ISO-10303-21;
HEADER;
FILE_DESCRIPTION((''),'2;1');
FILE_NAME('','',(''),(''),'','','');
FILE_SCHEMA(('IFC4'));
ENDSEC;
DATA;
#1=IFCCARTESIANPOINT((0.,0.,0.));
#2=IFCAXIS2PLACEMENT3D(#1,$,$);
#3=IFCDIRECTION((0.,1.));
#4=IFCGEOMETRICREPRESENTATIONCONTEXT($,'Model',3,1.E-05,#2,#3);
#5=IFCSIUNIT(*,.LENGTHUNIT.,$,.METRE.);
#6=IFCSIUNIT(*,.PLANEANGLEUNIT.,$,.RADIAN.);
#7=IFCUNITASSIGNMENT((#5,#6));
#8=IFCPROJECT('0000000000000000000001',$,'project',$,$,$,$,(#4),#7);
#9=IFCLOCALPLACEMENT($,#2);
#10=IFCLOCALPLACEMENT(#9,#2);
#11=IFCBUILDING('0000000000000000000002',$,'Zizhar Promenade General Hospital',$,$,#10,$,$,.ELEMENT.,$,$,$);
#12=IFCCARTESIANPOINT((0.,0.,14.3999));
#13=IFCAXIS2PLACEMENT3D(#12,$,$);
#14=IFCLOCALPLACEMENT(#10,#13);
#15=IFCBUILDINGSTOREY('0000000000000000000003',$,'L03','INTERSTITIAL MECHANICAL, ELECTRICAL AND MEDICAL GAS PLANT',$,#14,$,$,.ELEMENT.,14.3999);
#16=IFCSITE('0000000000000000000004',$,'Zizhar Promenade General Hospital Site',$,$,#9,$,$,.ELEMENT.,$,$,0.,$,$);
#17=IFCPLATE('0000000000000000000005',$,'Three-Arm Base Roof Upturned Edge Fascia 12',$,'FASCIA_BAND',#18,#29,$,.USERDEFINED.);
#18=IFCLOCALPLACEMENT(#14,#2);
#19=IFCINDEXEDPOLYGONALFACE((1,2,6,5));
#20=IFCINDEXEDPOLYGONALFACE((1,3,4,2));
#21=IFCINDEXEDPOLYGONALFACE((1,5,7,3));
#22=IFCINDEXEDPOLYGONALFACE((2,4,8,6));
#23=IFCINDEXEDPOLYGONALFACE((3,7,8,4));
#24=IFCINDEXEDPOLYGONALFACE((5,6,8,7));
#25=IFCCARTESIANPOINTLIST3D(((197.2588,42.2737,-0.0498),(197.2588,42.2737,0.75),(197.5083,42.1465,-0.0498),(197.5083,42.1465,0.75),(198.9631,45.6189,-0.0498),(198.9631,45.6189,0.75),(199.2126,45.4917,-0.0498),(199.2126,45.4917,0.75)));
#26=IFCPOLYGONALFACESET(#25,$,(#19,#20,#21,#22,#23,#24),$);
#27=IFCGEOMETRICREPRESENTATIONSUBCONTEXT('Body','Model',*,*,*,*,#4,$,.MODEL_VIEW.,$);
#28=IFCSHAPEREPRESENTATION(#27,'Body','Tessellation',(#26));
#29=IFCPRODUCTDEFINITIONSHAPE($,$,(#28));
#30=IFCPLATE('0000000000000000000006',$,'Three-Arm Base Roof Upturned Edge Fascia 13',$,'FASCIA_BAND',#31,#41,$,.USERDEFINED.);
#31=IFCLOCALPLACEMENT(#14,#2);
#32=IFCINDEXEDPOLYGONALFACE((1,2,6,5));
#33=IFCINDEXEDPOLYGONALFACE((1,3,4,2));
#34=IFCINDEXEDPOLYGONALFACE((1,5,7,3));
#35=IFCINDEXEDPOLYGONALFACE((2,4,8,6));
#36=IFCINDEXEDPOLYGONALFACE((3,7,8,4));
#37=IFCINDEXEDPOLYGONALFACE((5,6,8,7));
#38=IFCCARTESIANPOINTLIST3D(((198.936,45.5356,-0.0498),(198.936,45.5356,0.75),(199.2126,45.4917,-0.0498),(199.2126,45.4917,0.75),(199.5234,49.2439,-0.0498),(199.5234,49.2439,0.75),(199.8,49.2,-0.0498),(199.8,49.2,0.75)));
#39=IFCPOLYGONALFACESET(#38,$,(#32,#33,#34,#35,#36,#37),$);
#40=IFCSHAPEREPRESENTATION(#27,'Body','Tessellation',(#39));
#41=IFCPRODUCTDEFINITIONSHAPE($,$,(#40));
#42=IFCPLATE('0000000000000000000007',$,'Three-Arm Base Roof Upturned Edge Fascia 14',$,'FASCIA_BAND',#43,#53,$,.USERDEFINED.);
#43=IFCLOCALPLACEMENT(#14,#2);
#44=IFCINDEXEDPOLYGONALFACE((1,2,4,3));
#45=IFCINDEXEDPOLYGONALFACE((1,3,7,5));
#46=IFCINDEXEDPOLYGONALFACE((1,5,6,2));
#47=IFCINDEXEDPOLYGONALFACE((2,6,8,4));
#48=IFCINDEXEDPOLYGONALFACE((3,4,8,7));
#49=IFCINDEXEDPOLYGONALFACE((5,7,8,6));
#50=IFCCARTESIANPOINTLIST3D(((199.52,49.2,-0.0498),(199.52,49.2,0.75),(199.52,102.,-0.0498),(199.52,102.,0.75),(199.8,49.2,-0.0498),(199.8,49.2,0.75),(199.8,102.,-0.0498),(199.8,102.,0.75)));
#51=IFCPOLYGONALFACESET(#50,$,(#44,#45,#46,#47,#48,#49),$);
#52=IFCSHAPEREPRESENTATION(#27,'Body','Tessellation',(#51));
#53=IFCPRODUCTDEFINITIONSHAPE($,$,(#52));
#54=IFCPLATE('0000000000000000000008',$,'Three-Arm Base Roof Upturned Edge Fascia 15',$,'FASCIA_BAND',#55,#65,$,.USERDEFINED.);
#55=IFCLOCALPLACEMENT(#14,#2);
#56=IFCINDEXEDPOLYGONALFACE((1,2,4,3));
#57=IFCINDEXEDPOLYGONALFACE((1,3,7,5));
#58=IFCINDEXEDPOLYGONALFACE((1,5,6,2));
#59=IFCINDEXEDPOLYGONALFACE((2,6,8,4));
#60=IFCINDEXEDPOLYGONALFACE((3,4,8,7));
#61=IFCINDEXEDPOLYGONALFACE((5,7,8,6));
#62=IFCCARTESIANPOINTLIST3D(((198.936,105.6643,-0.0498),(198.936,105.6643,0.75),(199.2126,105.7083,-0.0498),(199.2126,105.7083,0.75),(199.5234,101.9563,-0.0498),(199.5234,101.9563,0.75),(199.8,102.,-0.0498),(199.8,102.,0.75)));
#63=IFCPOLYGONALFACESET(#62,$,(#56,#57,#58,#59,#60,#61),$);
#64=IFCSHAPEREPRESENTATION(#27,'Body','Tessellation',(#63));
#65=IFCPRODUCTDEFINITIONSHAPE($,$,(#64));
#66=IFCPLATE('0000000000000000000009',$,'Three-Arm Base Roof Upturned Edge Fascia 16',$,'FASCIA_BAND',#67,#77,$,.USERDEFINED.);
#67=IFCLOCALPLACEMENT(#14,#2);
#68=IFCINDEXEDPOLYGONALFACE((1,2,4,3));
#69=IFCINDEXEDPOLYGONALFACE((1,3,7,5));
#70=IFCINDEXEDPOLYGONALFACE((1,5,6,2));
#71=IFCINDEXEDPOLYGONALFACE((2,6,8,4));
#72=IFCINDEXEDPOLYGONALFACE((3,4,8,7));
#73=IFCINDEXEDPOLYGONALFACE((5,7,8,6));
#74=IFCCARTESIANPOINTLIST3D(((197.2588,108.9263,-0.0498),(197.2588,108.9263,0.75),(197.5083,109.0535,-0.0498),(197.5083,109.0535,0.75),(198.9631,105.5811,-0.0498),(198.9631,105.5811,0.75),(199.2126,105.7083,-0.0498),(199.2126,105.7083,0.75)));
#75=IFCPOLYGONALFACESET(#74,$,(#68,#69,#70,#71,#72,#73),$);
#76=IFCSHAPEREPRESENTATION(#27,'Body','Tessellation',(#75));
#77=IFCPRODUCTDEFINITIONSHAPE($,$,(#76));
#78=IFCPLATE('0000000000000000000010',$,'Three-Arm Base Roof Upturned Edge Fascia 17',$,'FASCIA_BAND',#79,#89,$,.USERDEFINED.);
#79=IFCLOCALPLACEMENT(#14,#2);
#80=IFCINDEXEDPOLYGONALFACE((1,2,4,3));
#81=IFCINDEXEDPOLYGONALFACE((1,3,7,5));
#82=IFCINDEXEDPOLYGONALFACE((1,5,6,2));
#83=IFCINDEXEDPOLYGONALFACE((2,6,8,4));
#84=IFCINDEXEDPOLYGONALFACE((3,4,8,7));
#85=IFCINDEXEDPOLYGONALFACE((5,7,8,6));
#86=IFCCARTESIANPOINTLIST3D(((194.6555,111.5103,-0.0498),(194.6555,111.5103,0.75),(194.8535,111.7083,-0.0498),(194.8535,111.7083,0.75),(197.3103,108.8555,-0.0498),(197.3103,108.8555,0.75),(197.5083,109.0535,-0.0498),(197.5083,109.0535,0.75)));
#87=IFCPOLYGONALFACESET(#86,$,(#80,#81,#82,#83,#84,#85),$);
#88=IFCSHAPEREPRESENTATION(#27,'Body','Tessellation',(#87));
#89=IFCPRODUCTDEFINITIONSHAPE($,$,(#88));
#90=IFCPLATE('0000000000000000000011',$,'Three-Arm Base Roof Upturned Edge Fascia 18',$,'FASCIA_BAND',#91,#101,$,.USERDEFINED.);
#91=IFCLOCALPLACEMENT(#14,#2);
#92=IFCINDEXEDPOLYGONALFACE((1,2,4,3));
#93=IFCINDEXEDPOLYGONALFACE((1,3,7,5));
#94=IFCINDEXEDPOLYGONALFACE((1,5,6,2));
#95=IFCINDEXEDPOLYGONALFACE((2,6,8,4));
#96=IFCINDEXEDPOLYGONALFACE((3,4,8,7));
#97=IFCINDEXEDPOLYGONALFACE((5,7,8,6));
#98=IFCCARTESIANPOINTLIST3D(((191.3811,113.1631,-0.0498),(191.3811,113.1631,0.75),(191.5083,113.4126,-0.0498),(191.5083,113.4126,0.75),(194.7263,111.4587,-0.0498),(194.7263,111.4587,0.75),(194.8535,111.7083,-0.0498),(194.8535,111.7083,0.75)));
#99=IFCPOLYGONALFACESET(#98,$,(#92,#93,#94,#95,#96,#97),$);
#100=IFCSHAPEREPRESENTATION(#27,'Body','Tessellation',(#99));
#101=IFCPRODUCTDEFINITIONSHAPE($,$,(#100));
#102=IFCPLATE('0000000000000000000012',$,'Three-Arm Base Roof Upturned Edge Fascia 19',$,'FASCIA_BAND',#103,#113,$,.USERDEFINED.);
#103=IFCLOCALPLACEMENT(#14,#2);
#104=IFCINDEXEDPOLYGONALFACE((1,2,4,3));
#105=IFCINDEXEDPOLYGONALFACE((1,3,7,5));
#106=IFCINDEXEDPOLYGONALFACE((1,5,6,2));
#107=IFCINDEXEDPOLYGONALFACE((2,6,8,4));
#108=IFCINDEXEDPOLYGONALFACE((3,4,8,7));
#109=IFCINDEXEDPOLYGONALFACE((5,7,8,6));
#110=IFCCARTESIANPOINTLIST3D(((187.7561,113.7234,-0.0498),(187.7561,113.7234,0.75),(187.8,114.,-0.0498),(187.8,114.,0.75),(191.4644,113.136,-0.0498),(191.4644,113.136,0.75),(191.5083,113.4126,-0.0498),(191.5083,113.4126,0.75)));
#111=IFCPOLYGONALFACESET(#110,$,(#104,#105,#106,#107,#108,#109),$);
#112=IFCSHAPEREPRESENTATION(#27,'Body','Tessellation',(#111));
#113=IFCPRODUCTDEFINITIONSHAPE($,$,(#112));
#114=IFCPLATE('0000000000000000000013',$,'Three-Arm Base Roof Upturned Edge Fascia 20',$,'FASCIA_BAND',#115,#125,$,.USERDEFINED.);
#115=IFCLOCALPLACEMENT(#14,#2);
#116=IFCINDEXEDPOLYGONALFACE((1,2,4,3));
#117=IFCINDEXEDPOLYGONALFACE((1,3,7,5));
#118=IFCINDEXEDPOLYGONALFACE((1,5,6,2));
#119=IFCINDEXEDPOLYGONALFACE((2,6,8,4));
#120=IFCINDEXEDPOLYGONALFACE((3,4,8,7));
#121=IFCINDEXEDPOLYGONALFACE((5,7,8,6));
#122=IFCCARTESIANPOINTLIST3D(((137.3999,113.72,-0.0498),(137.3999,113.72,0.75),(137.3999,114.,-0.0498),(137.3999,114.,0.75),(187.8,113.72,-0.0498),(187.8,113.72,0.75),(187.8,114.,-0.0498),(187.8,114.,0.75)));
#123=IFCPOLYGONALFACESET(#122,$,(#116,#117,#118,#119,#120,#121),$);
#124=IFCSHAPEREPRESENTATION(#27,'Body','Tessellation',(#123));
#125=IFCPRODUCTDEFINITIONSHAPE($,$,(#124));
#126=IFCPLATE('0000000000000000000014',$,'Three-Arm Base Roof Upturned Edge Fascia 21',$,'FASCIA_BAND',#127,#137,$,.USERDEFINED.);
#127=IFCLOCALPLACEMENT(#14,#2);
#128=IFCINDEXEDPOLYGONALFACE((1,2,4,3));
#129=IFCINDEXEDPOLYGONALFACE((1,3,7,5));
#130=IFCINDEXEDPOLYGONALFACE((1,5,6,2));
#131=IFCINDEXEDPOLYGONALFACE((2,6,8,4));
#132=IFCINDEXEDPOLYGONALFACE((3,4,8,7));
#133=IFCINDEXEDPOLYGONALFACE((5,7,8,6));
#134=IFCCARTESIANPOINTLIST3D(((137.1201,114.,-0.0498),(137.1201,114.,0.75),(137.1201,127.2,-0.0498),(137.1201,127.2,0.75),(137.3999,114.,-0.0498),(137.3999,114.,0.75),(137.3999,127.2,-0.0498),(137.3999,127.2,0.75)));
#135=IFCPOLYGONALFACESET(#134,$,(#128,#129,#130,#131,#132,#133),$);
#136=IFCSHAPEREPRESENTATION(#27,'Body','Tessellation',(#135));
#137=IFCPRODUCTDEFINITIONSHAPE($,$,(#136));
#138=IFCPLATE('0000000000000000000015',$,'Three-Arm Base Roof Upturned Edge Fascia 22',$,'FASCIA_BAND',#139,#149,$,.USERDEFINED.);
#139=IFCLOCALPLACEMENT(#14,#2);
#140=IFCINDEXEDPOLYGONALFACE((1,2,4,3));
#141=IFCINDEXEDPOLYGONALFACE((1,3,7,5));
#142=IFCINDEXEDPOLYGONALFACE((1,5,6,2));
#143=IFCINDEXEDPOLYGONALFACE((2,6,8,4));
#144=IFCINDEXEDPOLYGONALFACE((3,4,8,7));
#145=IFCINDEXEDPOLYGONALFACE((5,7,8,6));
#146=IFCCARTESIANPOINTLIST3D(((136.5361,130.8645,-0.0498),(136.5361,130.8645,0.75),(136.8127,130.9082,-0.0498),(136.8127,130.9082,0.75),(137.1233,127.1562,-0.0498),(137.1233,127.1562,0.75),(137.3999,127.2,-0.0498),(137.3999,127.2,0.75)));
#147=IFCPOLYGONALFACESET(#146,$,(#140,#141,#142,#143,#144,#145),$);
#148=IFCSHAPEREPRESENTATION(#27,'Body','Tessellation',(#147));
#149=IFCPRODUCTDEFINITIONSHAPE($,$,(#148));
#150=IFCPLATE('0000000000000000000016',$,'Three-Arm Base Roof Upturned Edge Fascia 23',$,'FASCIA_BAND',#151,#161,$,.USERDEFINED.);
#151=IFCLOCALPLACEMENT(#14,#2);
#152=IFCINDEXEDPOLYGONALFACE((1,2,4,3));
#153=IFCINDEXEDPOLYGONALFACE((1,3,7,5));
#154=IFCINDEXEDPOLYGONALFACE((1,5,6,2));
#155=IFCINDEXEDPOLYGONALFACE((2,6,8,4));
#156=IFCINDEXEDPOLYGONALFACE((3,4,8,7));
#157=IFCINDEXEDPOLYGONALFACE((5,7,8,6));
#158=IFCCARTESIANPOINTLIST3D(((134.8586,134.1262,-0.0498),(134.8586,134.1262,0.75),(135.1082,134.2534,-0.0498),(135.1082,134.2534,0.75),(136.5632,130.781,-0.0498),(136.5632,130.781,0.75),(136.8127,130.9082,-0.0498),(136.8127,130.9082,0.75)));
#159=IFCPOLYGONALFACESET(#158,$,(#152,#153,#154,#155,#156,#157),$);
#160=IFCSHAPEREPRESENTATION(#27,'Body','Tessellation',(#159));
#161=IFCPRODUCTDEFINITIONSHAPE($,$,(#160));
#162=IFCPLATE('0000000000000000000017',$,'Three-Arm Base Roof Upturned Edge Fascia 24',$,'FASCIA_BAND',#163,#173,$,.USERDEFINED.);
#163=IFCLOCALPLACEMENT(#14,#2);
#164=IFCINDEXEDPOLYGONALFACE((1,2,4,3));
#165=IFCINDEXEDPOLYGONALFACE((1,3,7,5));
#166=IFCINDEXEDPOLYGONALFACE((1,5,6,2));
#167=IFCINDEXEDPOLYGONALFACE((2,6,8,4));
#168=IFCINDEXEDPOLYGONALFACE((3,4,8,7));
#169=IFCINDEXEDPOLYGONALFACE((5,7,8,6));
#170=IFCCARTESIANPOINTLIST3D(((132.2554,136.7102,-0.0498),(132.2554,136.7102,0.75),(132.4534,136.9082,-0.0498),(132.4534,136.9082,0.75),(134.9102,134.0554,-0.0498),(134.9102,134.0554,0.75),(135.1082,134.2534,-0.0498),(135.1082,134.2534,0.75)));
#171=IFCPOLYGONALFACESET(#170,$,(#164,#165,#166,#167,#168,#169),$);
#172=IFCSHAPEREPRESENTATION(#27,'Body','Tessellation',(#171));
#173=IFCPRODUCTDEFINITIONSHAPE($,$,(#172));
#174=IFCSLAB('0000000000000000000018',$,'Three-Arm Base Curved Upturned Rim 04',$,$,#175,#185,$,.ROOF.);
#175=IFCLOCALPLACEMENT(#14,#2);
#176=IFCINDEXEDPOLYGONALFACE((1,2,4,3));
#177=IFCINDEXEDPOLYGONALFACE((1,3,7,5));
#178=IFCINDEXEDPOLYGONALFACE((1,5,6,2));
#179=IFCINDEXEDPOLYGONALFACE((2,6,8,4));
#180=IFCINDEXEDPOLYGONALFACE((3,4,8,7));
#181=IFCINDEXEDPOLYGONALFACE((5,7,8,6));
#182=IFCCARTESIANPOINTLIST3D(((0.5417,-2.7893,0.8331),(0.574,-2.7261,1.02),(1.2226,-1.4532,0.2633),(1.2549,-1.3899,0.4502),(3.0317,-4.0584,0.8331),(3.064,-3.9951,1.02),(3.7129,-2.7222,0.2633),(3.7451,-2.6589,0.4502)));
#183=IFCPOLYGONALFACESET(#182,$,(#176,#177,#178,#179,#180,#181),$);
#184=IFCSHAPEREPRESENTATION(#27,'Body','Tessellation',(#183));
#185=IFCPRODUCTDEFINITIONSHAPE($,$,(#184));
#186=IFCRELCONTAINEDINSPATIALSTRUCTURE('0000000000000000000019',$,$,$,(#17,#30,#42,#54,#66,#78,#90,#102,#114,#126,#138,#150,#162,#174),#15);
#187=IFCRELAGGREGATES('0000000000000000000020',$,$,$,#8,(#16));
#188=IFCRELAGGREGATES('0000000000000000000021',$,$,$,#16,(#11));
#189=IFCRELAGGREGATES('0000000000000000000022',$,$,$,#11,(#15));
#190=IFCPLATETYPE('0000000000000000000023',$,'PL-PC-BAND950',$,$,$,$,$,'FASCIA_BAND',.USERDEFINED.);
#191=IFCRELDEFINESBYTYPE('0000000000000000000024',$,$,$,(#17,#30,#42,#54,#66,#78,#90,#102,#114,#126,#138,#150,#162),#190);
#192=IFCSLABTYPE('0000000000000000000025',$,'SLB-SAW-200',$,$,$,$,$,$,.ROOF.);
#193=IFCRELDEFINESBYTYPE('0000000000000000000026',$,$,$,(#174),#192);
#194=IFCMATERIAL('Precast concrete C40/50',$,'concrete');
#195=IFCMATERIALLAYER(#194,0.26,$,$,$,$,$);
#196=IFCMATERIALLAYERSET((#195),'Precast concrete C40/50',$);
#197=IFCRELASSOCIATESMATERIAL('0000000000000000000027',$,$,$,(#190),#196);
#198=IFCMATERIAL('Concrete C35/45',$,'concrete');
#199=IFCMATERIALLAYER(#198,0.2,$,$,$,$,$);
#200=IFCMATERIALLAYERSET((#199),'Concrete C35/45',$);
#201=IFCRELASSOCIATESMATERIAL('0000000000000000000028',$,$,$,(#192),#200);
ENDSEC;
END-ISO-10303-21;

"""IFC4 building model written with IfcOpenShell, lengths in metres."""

from ifc_helpers import new_model, si_unit, direction, frame, origin, place, context, subcontext, project, spatial, polyline, outline, extrude, material, layer, layer_set, type_object, element, save


model = new_model("IFC4")

# Units and contexts
model_context = context("Model", 3, precision=1e-05, world=origin(), true_north=direction((0.0, 1.0)))
body_context = subcontext(model_context, "Body", "Model", "MODEL_VIEW")
ifc_project = project(units=[si_unit("LENGTHUNIT", "METRE"), si_unit("PLANEANGLEUNIT", "RADIAN")], contexts=[model_context])

# Site, building, storey
site_placement = place(None, origin())
site = spatial("IfcSite", under=ifc_project, at=site_placement, Name="Zizhar Promenade General Hospital Site", CompositionType="ELEMENT", RefElevation=0.0)
building_placement = place(site_placement, origin())
building = spatial("IfcBuilding", under=site, at=building_placement, Name="Zizhar Promenade General Hospital", CompositionType="ELEMENT")
storey_placement = place(building_placement, frame((0.0, 0.0, 14.3999)))
storey = spatial("IfcBuildingStorey", under=building, at=storey_placement, Name="L03", Description="INTERSTITIAL MECHANICAL, ELECTRICAL AND MEDICAL GAS PLANT", CompositionType="ELEMENT", Elevation=14.3999)

# Plates
ifc_material_1 = material(Name="Precast concrete C40/50", Category="concrete")
ifc_layer_1 = layer(ifc_material_1, 0.26)
ifc_layer_set_1 = layer_set([ifc_layer_1], Name="Precast concrete C40/50")
plate_type_1 = type_object("IfcPlateType", Name="PL-PC-BAND950", ElementType="FASCIA_BAND", PredefinedType="USERDEFINED", material=ifc_layer_set_1)
plate_1_placement = place(storey_placement, frame((0.0, 0.0, -0.0498)))
element("IfcPlate", 1, at=plate_1_placement, inside=storey, type_object=plate_type_1, Name="Three-Arm Base Roof Upturned Edge Fascia 12", ObjectType="FASCIA_BAND", PredefinedType="USERDEFINED", context=body_context, shape_type="SweptSolid", body=[
    extrude(outline(polyline([(197.5083, 42.1465), (199.2126, 45.4917), (198.9631, 45.6189), (197.2588, 42.2737), (197.5083, 42.1465)])), origin(), (0.0, 0.0, 1.0), 0.7998),
])
plate_2_placement = place(storey_placement, frame((0.0, 0.0, -0.0498)))
element("IfcPlate", 2, at=plate_2_placement, inside=storey, type_object=plate_type_1, Name="Three-Arm Base Roof Upturned Edge Fascia 13", ObjectType="FASCIA_BAND", PredefinedType="USERDEFINED", context=body_context, shape_type="SweptSolid", body=[
    extrude(outline(polyline([(199.2126, 45.4917), (199.8, 49.2), (199.5234, 49.2439), (198.936, 45.5356), (199.2126, 45.4917)])), origin(), (0.0, 0.0, 1.0), 0.7998),
])
plate_3_placement = place(storey_placement, frame((0.0, 0.0, -0.0498)))
element("IfcPlate", 3, at=plate_3_placement, inside=storey, type_object=plate_type_1, Name="Three-Arm Base Roof Upturned Edge Fascia 14", ObjectType="FASCIA_BAND", PredefinedType="USERDEFINED", context=body_context, shape_type="SweptSolid", body=[
    extrude(outline(polyline([(199.8, 49.2), (199.8, 102.0), (199.52, 102.0), (199.52, 49.2), (199.8, 49.2)])), origin(), (0.0, 0.0, 1.0), 0.7998),
])
plate_4_placement = place(storey_placement, frame((0.0, 0.0, -0.0498)))
element("IfcPlate", 4, at=plate_4_placement, inside=storey, type_object=plate_type_1, Name="Three-Arm Base Roof Upturned Edge Fascia 15", ObjectType="FASCIA_BAND", PredefinedType="USERDEFINED", context=body_context, shape_type="SweptSolid", body=[
    extrude(outline(polyline([(199.8, 102.0), (199.2126, 105.7083), (198.936, 105.6643), (199.5234, 101.9563), (199.8, 102.0)])), origin(), (0.0, 0.0, 1.0), 0.7998),
])
plate_5_placement = place(storey_placement, frame((0.0, 0.0, -0.0498)))
element("IfcPlate", 5, at=plate_5_placement, inside=storey, type_object=plate_type_1, Name="Three-Arm Base Roof Upturned Edge Fascia 16", ObjectType="FASCIA_BAND", PredefinedType="USERDEFINED", context=body_context, shape_type="SweptSolid", body=[
    extrude(outline(polyline([(199.2126, 105.7083), (197.5083, 109.0535), (197.2588, 108.9263), (198.9631, 105.5811), (199.2126, 105.7083)])), origin(), (0.0, 0.0, 1.0), 0.7998),
])
plate_6_placement = place(storey_placement, frame((0.0, 0.0, -0.0498)))
element("IfcPlate", 6, at=plate_6_placement, inside=storey, type_object=plate_type_1, Name="Three-Arm Base Roof Upturned Edge Fascia 17", ObjectType="FASCIA_BAND", PredefinedType="USERDEFINED", context=body_context, shape_type="SweptSolid", body=[
    extrude(outline(polyline([(197.5083, 109.0535), (194.8535, 111.7083), (194.6555, 111.5103), (197.3103, 108.8555), (197.5083, 109.0535)])), origin(), (0.0, 0.0, 1.0), 0.7998),
])
plate_7_placement = place(storey_placement, frame((0.0, 0.0, -0.0498)))
element("IfcPlate", 7, at=plate_7_placement, inside=storey, type_object=plate_type_1, Name="Three-Arm Base Roof Upturned Edge Fascia 18", ObjectType="FASCIA_BAND", PredefinedType="USERDEFINED", context=body_context, shape_type="SweptSolid", body=[
    extrude(outline(polyline([(194.8535, 111.7083), (191.5083, 113.4126), (191.3811, 113.1631), (194.7263, 111.4587), (194.8535, 111.7083)])), origin(), (0.0, 0.0, 1.0), 0.7998),
])
plate_8_placement = place(storey_placement, frame((0.0, 0.0, -0.0498)))
element("IfcPlate", 8, at=plate_8_placement, inside=storey, type_object=plate_type_1, Name="Three-Arm Base Roof Upturned Edge Fascia 19", ObjectType="FASCIA_BAND", PredefinedType="USERDEFINED", context=body_context, shape_type="SweptSolid", body=[
    extrude(outline(polyline([(191.5083, 113.4126), (187.8, 114.0), (187.7561, 113.7234), (191.4644, 113.136), (191.5083, 113.4126)])), origin(), (0.0, 0.0, 1.0), 0.7998),
])
plate_9_placement = place(storey_placement, frame((0.0, 0.0, -0.0498)))
element("IfcPlate", 9, at=plate_9_placement, inside=storey, type_object=plate_type_1, Name="Three-Arm Base Roof Upturned Edge Fascia 20", ObjectType="FASCIA_BAND", PredefinedType="USERDEFINED", context=body_context, shape_type="SweptSolid", body=[
    extrude(outline(polyline([(187.8, 114.0), (137.3999, 114.0), (137.3999, 113.72), (187.8, 113.72), (187.8, 114.0)])), origin(), (0.0, 0.0, 1.0), 0.7998),
])
plate_10_placement = place(storey_placement, frame((0.0, 0.0, -0.0498)))
element("IfcPlate", 10, at=plate_10_placement, inside=storey, type_object=plate_type_1, Name="Three-Arm Base Roof Upturned Edge Fascia 21", ObjectType="FASCIA_BAND", PredefinedType="USERDEFINED", context=body_context, shape_type="SweptSolid", body=[
    extrude(outline(polyline([(137.3999, 114.0), (137.3999, 127.2), (137.1201, 127.2), (137.1201, 114.0), (137.3999, 114.0)])), origin(), (0.0, 0.0, 1.0), 0.7998),
])
plate_11_placement = place(storey_placement, frame((0.0, 0.0, -0.0498)))
element("IfcPlate", 11, at=plate_11_placement, inside=storey, type_object=plate_type_1, Name="Three-Arm Base Roof Upturned Edge Fascia 22", ObjectType="FASCIA_BAND", PredefinedType="USERDEFINED", context=body_context, shape_type="SweptSolid", body=[
    extrude(outline(polyline([(137.3999, 127.2), (136.8127, 130.9082), (136.5361, 130.8645), (137.1233, 127.1562), (137.3999, 127.2)])), origin(), (0.0, 0.0, 1.0), 0.7998),
])
plate_12_placement = place(storey_placement, frame((0.0, 0.0, -0.0498)))
element("IfcPlate", 12, at=plate_12_placement, inside=storey, type_object=plate_type_1, Name="Three-Arm Base Roof Upturned Edge Fascia 23", ObjectType="FASCIA_BAND", PredefinedType="USERDEFINED", context=body_context, shape_type="SweptSolid", body=[
    extrude(outline(polyline([(136.8127, 130.9082), (135.1082, 134.2534), (134.8586, 134.1262), (136.5632, 130.781), (136.8127, 130.9082)])), origin(), (0.0, 0.0, 1.0), 0.7998),
])
plate_13_placement = place(storey_placement, frame((0.0, 0.0, -0.0498)))
element("IfcPlate", 13, at=plate_13_placement, inside=storey, type_object=plate_type_1, Name="Three-Arm Base Roof Upturned Edge Fascia 24", ObjectType="FASCIA_BAND", PredefinedType="USERDEFINED", context=body_context, shape_type="SweptSolid", body=[
    extrude(outline(polyline([(135.1082, 134.2534), (132.4534, 136.9082), (132.2554, 136.7102), (134.9102, 134.0554), (135.1082, 134.2534)])), origin(), (0.0, 0.0, 1.0), 0.7998),
])

# Slab
ifc_material_2 = material(Name="Concrete C35/45", Category="concrete")
ifc_layer_2 = layer(ifc_material_2, 0.2)
ifc_layer_set_2 = layer_set([ifc_layer_2], Name="Concrete C35/45")
slab_type = type_object("IfcSlabType", Name="SLB-SAW-200", PredefinedType="ROOF", material=ifc_layer_set_2)
slab_1_placement = place(storey_placement, frame((0.574, -2.7261, 1.02), z_axis=(0.161275, 0.316452, 0.934799), x_axis=(0.89096, -0.454082, 0.000007)))
element("IfcSlab", 14, at=slab_1_placement, inside=storey, type_object=slab_type, Name="Three-Arm Base Curved Upturned Rim 04", PredefinedType="ROOF", context=body_context, shape_type="SweptSolid", body=[
    extrude(outline(polyline([(0.0, 0.0), (2.7947, 0.0), (2.7949, 1.6044), (-0.0001, 1.6043), (0.0, 0.0)])), origin(), (0.0, 0.0, -1.0), 0.2),
])

save(model, "model.ifc")
